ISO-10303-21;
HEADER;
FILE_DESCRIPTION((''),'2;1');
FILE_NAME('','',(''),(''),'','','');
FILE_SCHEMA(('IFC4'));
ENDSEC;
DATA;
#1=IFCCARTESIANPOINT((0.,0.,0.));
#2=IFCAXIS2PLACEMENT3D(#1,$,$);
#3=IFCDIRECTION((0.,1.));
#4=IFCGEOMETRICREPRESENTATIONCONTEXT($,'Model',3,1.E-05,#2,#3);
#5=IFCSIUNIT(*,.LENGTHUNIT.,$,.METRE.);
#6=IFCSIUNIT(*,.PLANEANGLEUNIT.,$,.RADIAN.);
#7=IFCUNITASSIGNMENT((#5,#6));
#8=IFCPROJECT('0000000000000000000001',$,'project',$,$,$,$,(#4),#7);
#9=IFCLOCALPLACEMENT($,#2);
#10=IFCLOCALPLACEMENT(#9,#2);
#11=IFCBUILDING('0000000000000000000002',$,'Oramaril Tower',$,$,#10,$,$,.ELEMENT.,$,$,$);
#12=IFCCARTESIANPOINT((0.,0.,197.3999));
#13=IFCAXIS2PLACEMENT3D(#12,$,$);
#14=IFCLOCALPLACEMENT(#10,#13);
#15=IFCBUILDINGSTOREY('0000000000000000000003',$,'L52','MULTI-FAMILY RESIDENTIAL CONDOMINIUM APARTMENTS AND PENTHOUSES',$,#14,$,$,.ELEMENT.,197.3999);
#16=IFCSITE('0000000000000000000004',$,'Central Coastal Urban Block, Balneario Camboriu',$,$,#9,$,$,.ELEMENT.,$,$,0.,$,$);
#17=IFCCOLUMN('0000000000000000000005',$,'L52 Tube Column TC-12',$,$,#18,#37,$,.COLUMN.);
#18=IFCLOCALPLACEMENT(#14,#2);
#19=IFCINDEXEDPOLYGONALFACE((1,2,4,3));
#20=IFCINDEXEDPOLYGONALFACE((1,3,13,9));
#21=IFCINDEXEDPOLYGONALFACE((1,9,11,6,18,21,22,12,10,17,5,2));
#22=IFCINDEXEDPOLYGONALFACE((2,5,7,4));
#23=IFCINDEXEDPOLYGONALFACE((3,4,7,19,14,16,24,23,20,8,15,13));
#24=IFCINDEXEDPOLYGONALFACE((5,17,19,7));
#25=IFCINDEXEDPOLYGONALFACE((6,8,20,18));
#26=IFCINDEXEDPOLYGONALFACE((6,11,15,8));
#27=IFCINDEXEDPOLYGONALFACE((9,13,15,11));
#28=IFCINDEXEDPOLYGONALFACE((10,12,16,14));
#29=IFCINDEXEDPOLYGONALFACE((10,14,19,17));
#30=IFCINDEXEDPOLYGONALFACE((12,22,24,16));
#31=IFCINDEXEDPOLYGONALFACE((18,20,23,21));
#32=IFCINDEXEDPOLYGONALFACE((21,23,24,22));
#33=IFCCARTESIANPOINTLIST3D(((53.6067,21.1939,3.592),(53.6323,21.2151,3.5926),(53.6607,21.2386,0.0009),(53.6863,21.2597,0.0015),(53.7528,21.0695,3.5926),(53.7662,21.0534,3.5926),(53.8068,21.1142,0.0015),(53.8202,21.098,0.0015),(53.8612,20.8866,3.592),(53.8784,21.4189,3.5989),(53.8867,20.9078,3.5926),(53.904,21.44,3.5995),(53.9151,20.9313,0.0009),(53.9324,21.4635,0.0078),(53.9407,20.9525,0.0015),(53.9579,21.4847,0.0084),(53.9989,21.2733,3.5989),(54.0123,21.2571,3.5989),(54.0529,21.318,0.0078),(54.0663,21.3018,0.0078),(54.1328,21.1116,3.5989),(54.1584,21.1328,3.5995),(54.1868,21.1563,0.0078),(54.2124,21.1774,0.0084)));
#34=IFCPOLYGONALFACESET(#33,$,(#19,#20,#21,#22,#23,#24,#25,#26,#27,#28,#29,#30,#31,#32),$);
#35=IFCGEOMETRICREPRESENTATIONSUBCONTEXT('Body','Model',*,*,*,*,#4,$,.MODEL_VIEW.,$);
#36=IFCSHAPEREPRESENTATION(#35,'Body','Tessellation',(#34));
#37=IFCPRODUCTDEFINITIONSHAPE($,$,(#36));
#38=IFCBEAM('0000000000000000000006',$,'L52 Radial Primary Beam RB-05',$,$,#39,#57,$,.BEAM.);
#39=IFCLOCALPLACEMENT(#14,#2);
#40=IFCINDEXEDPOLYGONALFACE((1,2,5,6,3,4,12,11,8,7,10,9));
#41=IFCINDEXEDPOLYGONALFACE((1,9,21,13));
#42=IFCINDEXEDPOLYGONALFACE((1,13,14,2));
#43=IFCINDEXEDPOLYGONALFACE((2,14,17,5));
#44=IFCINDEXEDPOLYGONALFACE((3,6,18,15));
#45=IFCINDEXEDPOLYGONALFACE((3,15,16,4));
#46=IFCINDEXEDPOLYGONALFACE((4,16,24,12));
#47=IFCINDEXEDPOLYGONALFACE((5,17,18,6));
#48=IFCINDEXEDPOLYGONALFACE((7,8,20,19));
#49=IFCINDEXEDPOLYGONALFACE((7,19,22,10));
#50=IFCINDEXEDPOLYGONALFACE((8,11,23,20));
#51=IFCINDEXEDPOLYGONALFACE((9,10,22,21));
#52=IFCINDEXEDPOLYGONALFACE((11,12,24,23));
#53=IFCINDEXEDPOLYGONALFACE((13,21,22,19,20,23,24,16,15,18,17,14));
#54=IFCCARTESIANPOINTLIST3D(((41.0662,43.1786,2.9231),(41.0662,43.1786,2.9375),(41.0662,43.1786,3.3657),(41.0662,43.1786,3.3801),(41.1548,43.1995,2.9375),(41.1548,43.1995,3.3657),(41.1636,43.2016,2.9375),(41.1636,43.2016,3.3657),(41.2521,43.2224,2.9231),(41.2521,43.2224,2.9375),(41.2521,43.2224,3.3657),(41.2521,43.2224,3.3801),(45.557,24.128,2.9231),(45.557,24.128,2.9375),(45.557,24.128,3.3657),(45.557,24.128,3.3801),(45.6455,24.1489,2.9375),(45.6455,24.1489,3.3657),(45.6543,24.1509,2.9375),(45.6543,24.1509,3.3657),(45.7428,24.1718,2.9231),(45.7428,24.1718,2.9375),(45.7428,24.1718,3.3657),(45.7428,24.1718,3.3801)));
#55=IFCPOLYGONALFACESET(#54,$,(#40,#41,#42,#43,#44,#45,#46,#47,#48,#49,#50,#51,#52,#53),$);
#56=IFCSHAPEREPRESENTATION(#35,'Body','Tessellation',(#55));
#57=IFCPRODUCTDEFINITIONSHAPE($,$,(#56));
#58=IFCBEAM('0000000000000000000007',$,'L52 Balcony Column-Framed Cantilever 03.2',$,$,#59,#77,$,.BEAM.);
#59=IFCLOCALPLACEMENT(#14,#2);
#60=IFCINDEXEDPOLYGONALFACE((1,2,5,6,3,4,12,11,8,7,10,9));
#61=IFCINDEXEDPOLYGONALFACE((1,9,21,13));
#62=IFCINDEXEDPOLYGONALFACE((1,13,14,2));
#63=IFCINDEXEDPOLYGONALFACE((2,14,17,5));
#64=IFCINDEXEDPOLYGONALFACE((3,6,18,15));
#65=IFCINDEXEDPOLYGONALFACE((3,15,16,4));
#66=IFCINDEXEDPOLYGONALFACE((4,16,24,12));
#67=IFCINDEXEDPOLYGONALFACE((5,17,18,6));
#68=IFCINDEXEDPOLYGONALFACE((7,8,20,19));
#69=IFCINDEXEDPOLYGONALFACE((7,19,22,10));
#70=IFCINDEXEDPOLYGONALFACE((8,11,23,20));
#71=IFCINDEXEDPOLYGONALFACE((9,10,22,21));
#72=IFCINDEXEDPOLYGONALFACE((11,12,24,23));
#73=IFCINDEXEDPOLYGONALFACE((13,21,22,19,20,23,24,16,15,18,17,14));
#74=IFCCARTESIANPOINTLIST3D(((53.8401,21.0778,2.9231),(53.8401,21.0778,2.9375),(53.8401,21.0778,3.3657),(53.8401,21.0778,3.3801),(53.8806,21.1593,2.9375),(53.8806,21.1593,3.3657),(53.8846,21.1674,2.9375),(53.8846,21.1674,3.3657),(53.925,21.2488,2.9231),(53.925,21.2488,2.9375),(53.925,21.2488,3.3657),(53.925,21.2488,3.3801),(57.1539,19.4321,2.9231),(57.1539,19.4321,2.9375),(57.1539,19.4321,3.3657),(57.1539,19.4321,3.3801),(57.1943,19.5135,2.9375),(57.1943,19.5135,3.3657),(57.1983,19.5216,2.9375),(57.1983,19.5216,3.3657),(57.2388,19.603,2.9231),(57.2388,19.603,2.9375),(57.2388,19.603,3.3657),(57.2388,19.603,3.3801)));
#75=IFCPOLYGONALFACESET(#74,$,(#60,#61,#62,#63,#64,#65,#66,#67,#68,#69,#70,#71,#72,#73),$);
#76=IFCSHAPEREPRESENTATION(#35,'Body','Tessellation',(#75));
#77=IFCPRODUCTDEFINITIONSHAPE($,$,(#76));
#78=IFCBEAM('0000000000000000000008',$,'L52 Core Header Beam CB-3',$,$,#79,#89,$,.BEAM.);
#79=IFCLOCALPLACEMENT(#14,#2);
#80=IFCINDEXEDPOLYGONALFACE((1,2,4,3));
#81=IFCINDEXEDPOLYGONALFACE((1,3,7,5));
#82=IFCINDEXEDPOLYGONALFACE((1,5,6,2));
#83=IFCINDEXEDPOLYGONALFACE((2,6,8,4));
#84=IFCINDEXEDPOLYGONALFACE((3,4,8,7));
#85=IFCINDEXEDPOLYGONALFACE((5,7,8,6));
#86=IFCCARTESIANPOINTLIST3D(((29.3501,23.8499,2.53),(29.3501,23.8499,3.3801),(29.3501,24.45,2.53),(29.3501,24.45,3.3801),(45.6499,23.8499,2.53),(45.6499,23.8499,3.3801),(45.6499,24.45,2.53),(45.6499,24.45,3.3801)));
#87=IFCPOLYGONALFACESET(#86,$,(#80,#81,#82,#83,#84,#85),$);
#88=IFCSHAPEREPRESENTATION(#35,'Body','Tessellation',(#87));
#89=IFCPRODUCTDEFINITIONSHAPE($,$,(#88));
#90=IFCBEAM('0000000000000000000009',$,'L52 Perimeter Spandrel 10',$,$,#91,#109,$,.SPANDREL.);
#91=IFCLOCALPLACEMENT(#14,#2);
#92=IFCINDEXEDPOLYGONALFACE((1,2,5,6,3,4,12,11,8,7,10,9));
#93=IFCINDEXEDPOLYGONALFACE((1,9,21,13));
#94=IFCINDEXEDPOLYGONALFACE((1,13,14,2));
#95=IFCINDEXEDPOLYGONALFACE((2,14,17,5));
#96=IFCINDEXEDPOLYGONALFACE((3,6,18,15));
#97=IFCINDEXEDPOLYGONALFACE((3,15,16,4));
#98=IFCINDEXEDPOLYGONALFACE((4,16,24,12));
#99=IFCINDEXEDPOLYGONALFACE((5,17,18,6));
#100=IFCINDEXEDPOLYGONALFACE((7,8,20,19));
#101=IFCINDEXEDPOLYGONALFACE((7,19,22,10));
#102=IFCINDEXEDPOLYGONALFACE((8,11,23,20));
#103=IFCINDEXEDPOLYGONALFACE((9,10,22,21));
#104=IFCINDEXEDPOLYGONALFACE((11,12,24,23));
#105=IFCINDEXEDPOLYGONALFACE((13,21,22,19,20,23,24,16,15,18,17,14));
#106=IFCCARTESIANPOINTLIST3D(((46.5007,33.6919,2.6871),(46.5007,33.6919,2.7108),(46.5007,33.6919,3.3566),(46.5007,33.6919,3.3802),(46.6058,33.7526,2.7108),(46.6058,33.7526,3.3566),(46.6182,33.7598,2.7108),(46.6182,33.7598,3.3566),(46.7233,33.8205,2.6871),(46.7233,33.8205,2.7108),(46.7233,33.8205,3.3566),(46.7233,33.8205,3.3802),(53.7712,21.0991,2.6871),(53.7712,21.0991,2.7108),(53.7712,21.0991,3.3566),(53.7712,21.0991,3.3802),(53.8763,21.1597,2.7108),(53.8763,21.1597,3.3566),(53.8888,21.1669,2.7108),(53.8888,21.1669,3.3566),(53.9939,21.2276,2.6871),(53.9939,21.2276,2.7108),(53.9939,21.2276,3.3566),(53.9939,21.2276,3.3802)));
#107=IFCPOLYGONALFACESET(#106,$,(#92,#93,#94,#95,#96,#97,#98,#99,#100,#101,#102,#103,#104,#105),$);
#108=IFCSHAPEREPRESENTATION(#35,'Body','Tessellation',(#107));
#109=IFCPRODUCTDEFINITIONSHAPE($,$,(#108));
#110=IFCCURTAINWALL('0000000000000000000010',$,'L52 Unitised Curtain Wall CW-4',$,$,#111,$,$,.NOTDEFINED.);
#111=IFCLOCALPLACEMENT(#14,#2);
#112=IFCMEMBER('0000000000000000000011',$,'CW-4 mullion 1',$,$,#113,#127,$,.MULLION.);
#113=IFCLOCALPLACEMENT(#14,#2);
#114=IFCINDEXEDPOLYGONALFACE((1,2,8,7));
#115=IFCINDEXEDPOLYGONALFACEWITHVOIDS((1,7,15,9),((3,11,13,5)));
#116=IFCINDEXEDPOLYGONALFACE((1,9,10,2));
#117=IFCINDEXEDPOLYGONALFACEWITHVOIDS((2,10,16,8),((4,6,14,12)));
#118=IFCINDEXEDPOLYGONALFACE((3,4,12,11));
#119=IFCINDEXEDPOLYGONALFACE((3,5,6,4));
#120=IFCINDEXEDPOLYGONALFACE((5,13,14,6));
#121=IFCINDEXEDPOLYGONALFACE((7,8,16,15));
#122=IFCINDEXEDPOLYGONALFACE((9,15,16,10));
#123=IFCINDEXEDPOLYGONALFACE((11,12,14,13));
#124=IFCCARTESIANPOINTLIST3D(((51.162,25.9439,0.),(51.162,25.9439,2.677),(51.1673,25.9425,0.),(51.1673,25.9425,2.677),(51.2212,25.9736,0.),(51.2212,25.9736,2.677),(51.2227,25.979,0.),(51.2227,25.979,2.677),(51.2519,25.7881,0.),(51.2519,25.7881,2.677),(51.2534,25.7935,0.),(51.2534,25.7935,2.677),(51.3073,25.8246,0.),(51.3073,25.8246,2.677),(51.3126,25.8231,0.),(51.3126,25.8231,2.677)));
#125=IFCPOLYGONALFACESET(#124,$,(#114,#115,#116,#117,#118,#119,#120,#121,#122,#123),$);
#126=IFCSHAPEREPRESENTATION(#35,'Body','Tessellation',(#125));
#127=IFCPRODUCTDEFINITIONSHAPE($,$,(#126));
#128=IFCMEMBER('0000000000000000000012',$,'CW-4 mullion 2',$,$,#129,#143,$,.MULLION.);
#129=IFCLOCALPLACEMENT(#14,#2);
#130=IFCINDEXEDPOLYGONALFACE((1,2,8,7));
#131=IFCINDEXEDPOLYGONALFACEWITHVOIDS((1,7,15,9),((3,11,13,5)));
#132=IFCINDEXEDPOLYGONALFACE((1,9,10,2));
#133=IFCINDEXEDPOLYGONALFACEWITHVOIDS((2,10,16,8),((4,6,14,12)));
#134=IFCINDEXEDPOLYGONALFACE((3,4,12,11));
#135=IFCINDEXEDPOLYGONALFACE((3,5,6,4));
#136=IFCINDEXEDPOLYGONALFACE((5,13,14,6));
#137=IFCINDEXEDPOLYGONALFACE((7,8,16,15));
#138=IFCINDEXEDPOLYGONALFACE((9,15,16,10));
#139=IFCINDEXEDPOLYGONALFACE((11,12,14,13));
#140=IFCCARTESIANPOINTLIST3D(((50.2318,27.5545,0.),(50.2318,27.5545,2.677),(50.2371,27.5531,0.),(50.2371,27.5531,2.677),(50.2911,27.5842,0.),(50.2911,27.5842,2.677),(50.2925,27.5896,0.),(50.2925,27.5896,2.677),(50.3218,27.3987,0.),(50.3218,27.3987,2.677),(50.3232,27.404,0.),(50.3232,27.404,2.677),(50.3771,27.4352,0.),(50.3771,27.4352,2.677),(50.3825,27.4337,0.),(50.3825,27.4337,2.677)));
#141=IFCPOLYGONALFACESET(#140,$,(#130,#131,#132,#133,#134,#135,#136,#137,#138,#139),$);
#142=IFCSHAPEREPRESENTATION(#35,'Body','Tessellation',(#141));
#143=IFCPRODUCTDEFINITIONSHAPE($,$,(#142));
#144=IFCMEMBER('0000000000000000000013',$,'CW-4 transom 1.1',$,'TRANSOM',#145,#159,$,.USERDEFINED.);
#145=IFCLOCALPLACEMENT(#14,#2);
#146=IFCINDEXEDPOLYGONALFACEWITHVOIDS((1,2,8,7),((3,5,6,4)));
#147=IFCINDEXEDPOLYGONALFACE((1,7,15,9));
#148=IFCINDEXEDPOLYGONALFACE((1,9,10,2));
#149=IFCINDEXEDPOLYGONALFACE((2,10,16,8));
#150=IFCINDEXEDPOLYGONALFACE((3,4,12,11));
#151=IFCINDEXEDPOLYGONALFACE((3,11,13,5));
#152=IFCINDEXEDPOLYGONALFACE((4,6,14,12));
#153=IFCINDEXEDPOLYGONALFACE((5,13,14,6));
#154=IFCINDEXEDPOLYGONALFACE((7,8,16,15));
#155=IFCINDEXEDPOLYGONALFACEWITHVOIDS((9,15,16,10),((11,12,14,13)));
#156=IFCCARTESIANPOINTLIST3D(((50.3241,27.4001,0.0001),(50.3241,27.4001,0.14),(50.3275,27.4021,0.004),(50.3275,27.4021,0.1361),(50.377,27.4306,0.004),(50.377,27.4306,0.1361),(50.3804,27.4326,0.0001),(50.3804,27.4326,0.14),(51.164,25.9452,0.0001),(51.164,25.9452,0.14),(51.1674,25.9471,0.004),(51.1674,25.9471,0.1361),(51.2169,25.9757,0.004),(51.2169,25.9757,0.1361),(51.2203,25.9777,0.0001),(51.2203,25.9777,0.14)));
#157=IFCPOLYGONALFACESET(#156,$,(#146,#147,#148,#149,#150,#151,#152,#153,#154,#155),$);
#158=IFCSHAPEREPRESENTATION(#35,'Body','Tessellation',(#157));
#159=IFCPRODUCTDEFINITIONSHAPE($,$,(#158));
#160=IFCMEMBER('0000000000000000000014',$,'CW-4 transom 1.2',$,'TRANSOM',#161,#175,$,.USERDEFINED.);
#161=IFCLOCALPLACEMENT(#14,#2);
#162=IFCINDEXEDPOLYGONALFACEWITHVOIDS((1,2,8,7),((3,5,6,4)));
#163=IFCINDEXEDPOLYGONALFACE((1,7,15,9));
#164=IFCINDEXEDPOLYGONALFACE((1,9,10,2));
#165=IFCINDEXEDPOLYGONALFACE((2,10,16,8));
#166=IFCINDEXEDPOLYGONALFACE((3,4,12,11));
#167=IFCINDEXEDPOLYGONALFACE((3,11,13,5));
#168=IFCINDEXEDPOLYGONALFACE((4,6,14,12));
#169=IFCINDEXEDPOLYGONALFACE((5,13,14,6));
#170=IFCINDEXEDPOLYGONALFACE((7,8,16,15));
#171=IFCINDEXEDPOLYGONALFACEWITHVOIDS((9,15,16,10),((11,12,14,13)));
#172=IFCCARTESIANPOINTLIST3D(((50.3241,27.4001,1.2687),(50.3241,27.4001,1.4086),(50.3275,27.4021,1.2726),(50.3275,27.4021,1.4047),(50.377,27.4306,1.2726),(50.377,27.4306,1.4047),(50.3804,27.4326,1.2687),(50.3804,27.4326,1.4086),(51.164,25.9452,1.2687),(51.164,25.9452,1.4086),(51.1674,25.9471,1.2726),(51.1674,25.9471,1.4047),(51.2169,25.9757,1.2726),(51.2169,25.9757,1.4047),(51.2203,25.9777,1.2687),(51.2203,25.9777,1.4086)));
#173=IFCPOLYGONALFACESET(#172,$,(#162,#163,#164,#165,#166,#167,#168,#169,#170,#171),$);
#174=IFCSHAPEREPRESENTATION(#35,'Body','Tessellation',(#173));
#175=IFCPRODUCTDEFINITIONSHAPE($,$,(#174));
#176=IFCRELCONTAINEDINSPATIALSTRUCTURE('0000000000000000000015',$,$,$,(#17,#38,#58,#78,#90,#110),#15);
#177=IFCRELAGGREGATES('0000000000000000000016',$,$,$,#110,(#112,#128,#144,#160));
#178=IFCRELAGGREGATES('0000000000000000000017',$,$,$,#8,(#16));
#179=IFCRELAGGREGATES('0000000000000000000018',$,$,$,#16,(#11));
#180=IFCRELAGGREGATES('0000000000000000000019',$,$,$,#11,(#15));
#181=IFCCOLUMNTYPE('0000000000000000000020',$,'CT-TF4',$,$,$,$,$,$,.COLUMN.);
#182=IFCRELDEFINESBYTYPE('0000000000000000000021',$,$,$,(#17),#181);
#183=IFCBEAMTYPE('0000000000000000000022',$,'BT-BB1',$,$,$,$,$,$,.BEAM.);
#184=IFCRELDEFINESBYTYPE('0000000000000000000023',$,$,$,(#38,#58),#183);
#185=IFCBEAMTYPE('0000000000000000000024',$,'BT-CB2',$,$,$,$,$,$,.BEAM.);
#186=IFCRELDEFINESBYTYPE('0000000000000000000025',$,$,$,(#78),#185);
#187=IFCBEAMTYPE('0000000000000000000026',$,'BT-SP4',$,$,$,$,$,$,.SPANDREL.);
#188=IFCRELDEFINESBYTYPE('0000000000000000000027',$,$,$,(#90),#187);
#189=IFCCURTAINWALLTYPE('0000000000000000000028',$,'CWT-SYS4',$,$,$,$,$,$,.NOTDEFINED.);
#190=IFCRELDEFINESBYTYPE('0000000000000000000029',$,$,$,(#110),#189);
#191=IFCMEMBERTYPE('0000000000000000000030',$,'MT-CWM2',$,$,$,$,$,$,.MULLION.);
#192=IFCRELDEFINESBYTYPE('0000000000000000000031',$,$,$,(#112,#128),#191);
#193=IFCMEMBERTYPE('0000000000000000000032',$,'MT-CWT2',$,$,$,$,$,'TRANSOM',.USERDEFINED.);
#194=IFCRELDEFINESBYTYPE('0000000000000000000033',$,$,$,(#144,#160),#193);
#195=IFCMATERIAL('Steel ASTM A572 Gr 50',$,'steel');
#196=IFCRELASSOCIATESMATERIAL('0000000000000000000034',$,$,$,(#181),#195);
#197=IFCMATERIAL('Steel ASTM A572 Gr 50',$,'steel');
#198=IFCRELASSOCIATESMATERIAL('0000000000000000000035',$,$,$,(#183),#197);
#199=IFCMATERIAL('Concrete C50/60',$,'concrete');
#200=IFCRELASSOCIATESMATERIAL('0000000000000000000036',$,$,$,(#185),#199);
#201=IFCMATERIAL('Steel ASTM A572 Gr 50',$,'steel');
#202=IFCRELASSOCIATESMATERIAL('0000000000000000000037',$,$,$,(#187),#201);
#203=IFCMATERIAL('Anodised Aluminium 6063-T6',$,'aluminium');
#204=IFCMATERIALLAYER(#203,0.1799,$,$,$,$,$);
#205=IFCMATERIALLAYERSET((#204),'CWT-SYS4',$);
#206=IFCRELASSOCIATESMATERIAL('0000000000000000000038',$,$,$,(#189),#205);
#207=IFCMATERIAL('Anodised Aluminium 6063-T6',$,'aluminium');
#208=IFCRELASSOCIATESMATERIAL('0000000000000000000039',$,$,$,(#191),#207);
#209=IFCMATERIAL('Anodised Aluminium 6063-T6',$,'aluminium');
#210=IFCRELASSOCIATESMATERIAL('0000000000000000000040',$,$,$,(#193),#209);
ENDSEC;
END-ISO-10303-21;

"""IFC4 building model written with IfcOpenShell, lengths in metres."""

from ifc_helpers import new_model, si_unit, direction, frame, origin, origin_2d, place, context, subcontext, project, spatial, rectangle, hollow_rectangle, i_section, extrude, material, layer, layer_set, material_profile, profile_set, type_object, element, aggregate, save


model = new_model("IFC4")

# Units and contexts
model_context = context("Model", 3, precision=1e-05, world=origin(), true_north=direction((0.0, 1.0)))
body_context = subcontext(model_context, "Body", "Model", "MODEL_VIEW")
ifc_project = project(units=[si_unit("LENGTHUNIT", "METRE"), si_unit("PLANEANGLEUNIT", "RADIAN")], contexts=[model_context])

# Site, building, storey
site_placement = place(None, origin())
site = spatial("IfcSite", under=ifc_project, at=site_placement, Name="Central Coastal Urban Block, Balneario Camboriu", CompositionType="ELEMENT", RefElevation=0.0)
building_placement = place(site_placement, origin())
building = spatial("IfcBuilding", under=site, at=building_placement, Name="Oramaril Tower", CompositionType="ELEMENT")
storey_placement = place(building_placement, frame((0.0, 0.0, 197.3999)))
storey = spatial("IfcBuildingStorey", under=building, at=storey_placement, Name="L52", Description="MULTI-FAMILY RESIDENTIAL CONDOMINIUM APARTMENTS AND PENTHOUSES", CompositionType="ELEMENT", Elevation=197.3999)

# Column
ifc_material_1 = material(Name="Steel ASTM A572 Gr 50", Category="steel")
ifc_material_profile_1 = material_profile(ifc_material_1, i_section(OverallWidth=0.3989, OverallDepth=0.386, WebThickness=0.021, FlangeThickness=0.0332, at=origin_2d()), Name="W14X176")
ifc_profile_set_1 = profile_set([ifc_material_profile_1], Name="Steel ASTM A572 Gr 50")
column_type = type_object("IfcColumnType", Name="CT-TF4", PredefinedType="COLUMN", material=ifc_profile_set_1)
column_placement = place(storey_placement, frame((53.9365, 21.208, 0.0046), z_axis=(-0.015022, -0.012439, 0.99981), x_axis=(0.637782, -0.770217, 0.0)))
element("IfcColumn", 1, at=column_placement, inside=storey, type_object=column_type, Name="L52 Tube Column TC-12", PredefinedType="COLUMN", context=body_context, shape_type="SweptSolid", body=[
    extrude(i_section(OverallWidth=0.3989, OverallDepth=0.386, WebThickness=0.021, FlangeThickness=0.0332, at=origin_2d()), origin(), (0.0, 0.0, 1.0), 3.5918),
])

# Beams
ifc_material_2 = material(Name="Steel ASTM A572 Gr 50", Category="steel")
ifc_material_profile_2 = material_profile(ifc_material_2, i_section(OverallWidth=0.1909, OverallDepth=0.457, WebThickness=0.009, FlangeThickness=0.0144, at=origin_2d()), Name="W18X50")
ifc_profile_set_2 = profile_set([ifc_material_profile_2], Name="Steel ASTM A572 Gr 50")
beam_type_1 = type_object("IfcBeamType", Name="BT-BB1", PredefinedType="BEAM", material=ifc_profile_set_2)
beam_1_placement = place(storey_placement, frame((45.6499, 24.1499, 3.1516), z_axis=(-0.229438, 0.973323, 0.0), x_axis=(-0.973323, -0.229438, 0.0)))
element("IfcBeam", 2, at=beam_1_placement, inside=storey, type_object=beam_type_1, Name="L52 Radial Primary Beam RB-05", PredefinedType="BEAM", context=body_context, shape_type="SweptSolid", body=[
    extrude(i_section(OverallWidth=0.1909, OverallDepth=0.457, WebThickness=0.009, FlangeThickness=0.0144, at=origin_2d()), origin(), (0.0, 0.0, 1.0), 19.5728),
])
beam_2_placement = place(storey_placement, frame((53.8826, 21.1633, 3.1516), z_axis=(0.895625, -0.44481, 0.0), x_axis=(0.44481, 0.895625, 0.0)))
element("IfcBeam", 3, at=beam_2_placement, inside=storey, type_object=beam_type_1, Name="L52 Balcony Column-Framed Cantilever 03.2", PredefinedType="BEAM", context=body_context, shape_type="SweptSolid", body=[
    extrude(i_section(OverallWidth=0.1909, OverallDepth=0.457, WebThickness=0.009, FlangeThickness=0.0144, at=origin_2d()), origin(), (0.0, 0.0, 1.0), 3.7),
])
ifc_material_3 = material(Name="Concrete C50/60", Category="concrete")
ifc_material_profile_3 = material_profile(ifc_material_3, rectangle(XDim=0.6001, YDim=0.8501, at=origin_2d()), Name="CB600X850")
ifc_profile_set_3 = profile_set([ifc_material_profile_3], Name="Concrete C50/60")
beam_type_2 = type_object("IfcBeamType", Name="BT-CB2", PredefinedType="BEAM", material=ifc_profile_set_3)
beam_3_placement = place(storey_placement, frame((45.6499, 24.1499, 2.9551), z_axis=(-1.0, 0.0, 0.0), x_axis=(0.0, -1.0, 0.0)))
element("IfcBeam", 4, at=beam_3_placement, inside=storey, type_object=beam_type_2, Name="L52 Core Header Beam CB-3", PredefinedType="BEAM", context=body_context, shape_type="SweptSolid", body=[
    extrude(rectangle(XDim=0.6001, YDim=0.8501, at=origin_2d()), origin(), (0.0, 0.0, 1.0), 16.2998),
])
ifc_material_4 = material(Name="Steel ASTM A572 Gr 50", Category="steel")
ifc_material_profile_4 = material_profile(ifc_material_4, i_section(OverallWidth=0.2571, OverallDepth=0.6931, WebThickness=0.0144, FlangeThickness=0.0237, at=origin_2d()), Name="W27X114")
ifc_profile_set_4 = profile_set([ifc_material_profile_4], Name="Steel ASTM A572 Gr 50")
beam_type_3 = type_object("IfcBeamType", Name="BT-SP4", PredefinedType="SPANDREL", material=ifc_profile_set_4)
beam_4_placement = place(storey_placement, frame((53.8826, 21.1633, 3.0337), z_axis=(-0.500003, 0.866023, 0.0), x_axis=(-0.866023, -0.500003, 0.0)))
element("IfcBeam", 5, at=beam_4_placement, inside=storey, type_object=beam_type_3, Name="L52 Perimeter Spandrel 10", PredefinedType="SPANDREL", context=body_context, shape_type="SweptSolid", body=[
    extrude(i_section(OverallWidth=0.2571, OverallDepth=0.6931, WebThickness=0.0144, FlangeThickness=0.0237, at=origin_2d()), origin(), (0.0, 0.0, 1.0), 14.541),
])

# Curtain wall, members
ifc_material_5 = material(Name="Anodised Aluminium 6063-T6", Category="aluminium")
ifc_layer_1 = layer(ifc_material_5, 0.1799)
ifc_layer_set_1 = layer_set([ifc_layer_1], Name="CWT-SYS4")
curtain_wall_type = type_object("IfcCurtainWallType", Name="CWT-SYS4", PredefinedType="NOTDEFINED", material=ifc_layer_set_1)
curtain_wall_placement = place(storey_placement, origin())
curtain_wall = element("IfcCurtainWall", 6, at=curtain_wall_placement, inside=storey, type_object=curtain_wall_type, Name="L52 Unitised Curtain Wall CW-4", PredefinedType="NOTDEFINED")
ifc_material_6 = material(Name="Anodised Aluminium 6063-T6", Category="aluminium")
ifc_material_profile_5 = material_profile(ifc_material_6, hollow_rectangle(XDim=0.0701, YDim=0.1799, WallThickness=0.0039, at=origin_2d()), Name="CWM180X70")
ifc_profile_set_5 = profile_set([ifc_material_profile_5], Name="Anodised Aluminium 6063-T6")
member_type_1 = type_object("IfcMemberType", Name="MT-CWM2", PredefinedType="MULLION", material=ifc_profile_set_5)
member_1_placement = place(storey_placement, frame((51.2373, 25.8835, 0.0), z_axis=(0.0, 0.0, 1.0), x_axis=(-0.866025, -0.5, 0.0)))
member_1 = element("IfcMember", 7, at=member_1_placement, type_object=member_type_1, Name="CW-4 mullion 1", PredefinedType="MULLION", context=body_context, shape_type="SweptSolid", body=[
    extrude(hollow_rectangle(XDim=0.0701, YDim=0.1799, WallThickness=0.0039, at=origin_2d()), origin(), (0.0, 0.0, 1.0), 2.677),
])
member_2_placement = place(storey_placement, frame((50.3071, 27.4941, 0.0), z_axis=(0.0, 0.0, 1.0), x_axis=(-0.866025, -0.5, 0.0)))
member_2 = element("IfcMember", 8, at=member_2_placement, type_object=member_type_1, Name="CW-4 mullion 2", PredefinedType="MULLION", context=body_context, shape_type="SweptSolid", body=[
    extrude(hollow_rectangle(XDim=0.0701, YDim=0.1799, WallThickness=0.0039, at=origin_2d()), origin(), (0.0, 0.0, 1.0), 2.677),
])
ifc_material_7 = material(Name="Anodised Aluminium 6063-T6", Category="aluminium")
ifc_material_profile_6 = material_profile(ifc_material_7, hollow_rectangle(XDim=0.0649, YDim=0.1399, WallThickness=0.0039, at=origin_2d()), Name="CWT140X65")
ifc_profile_set_6 = profile_set([ifc_material_profile_6], Name="Anodised Aluminium 6063-T6")
member_type_2 = type_object("IfcMemberType", Name="MT-CWT2", ElementType="TRANSOM", PredefinedType="USERDEFINED", material=ifc_profile_set_6)
member_3_placement = place(storey_placement, frame((51.1921, 25.9614, 0.0701), z_axis=(-0.499953, 0.866052, 0.0), x_axis=(-0.866052, -0.499953, 0.0)))
member_3 = element("IfcMember", 9, at=member_3_placement, type_object=member_type_2, Name="CW-4 transom 1.1", ObjectType="TRANSOM", PredefinedType="USERDEFINED", context=body_context, shape_type="SweptSolid", body=[
    extrude(hollow_rectangle(XDim=0.0649, YDim=0.1399, WallThickness=0.0039, at=origin_2d()), origin(), (0.0, 0.0, 1.0), 1.6799),
])
member_4_placement = place(storey_placement, frame((51.1921, 25.9614, 1.3386), z_axis=(-0.499953, 0.866052, 0.0), x_axis=(-0.866052, -0.499953, 0.0)))
member_4 = element("IfcMember", 10, at=member_4_placement, type_object=member_type_2, Name="CW-4 transom 1.2", ObjectType="TRANSOM", PredefinedType="USERDEFINED", context=body_context, shape_type="SweptSolid", body=[
    extrude(hollow_rectangle(XDim=0.0649, YDim=0.1399, WallThickness=0.0039, at=origin_2d()), origin(), (0.0, 0.0, 1.0), 1.6799),
])
aggregate(curtain_wall, [member_1, member_2, member_3, member_4])

save(model, "model.ifc")
